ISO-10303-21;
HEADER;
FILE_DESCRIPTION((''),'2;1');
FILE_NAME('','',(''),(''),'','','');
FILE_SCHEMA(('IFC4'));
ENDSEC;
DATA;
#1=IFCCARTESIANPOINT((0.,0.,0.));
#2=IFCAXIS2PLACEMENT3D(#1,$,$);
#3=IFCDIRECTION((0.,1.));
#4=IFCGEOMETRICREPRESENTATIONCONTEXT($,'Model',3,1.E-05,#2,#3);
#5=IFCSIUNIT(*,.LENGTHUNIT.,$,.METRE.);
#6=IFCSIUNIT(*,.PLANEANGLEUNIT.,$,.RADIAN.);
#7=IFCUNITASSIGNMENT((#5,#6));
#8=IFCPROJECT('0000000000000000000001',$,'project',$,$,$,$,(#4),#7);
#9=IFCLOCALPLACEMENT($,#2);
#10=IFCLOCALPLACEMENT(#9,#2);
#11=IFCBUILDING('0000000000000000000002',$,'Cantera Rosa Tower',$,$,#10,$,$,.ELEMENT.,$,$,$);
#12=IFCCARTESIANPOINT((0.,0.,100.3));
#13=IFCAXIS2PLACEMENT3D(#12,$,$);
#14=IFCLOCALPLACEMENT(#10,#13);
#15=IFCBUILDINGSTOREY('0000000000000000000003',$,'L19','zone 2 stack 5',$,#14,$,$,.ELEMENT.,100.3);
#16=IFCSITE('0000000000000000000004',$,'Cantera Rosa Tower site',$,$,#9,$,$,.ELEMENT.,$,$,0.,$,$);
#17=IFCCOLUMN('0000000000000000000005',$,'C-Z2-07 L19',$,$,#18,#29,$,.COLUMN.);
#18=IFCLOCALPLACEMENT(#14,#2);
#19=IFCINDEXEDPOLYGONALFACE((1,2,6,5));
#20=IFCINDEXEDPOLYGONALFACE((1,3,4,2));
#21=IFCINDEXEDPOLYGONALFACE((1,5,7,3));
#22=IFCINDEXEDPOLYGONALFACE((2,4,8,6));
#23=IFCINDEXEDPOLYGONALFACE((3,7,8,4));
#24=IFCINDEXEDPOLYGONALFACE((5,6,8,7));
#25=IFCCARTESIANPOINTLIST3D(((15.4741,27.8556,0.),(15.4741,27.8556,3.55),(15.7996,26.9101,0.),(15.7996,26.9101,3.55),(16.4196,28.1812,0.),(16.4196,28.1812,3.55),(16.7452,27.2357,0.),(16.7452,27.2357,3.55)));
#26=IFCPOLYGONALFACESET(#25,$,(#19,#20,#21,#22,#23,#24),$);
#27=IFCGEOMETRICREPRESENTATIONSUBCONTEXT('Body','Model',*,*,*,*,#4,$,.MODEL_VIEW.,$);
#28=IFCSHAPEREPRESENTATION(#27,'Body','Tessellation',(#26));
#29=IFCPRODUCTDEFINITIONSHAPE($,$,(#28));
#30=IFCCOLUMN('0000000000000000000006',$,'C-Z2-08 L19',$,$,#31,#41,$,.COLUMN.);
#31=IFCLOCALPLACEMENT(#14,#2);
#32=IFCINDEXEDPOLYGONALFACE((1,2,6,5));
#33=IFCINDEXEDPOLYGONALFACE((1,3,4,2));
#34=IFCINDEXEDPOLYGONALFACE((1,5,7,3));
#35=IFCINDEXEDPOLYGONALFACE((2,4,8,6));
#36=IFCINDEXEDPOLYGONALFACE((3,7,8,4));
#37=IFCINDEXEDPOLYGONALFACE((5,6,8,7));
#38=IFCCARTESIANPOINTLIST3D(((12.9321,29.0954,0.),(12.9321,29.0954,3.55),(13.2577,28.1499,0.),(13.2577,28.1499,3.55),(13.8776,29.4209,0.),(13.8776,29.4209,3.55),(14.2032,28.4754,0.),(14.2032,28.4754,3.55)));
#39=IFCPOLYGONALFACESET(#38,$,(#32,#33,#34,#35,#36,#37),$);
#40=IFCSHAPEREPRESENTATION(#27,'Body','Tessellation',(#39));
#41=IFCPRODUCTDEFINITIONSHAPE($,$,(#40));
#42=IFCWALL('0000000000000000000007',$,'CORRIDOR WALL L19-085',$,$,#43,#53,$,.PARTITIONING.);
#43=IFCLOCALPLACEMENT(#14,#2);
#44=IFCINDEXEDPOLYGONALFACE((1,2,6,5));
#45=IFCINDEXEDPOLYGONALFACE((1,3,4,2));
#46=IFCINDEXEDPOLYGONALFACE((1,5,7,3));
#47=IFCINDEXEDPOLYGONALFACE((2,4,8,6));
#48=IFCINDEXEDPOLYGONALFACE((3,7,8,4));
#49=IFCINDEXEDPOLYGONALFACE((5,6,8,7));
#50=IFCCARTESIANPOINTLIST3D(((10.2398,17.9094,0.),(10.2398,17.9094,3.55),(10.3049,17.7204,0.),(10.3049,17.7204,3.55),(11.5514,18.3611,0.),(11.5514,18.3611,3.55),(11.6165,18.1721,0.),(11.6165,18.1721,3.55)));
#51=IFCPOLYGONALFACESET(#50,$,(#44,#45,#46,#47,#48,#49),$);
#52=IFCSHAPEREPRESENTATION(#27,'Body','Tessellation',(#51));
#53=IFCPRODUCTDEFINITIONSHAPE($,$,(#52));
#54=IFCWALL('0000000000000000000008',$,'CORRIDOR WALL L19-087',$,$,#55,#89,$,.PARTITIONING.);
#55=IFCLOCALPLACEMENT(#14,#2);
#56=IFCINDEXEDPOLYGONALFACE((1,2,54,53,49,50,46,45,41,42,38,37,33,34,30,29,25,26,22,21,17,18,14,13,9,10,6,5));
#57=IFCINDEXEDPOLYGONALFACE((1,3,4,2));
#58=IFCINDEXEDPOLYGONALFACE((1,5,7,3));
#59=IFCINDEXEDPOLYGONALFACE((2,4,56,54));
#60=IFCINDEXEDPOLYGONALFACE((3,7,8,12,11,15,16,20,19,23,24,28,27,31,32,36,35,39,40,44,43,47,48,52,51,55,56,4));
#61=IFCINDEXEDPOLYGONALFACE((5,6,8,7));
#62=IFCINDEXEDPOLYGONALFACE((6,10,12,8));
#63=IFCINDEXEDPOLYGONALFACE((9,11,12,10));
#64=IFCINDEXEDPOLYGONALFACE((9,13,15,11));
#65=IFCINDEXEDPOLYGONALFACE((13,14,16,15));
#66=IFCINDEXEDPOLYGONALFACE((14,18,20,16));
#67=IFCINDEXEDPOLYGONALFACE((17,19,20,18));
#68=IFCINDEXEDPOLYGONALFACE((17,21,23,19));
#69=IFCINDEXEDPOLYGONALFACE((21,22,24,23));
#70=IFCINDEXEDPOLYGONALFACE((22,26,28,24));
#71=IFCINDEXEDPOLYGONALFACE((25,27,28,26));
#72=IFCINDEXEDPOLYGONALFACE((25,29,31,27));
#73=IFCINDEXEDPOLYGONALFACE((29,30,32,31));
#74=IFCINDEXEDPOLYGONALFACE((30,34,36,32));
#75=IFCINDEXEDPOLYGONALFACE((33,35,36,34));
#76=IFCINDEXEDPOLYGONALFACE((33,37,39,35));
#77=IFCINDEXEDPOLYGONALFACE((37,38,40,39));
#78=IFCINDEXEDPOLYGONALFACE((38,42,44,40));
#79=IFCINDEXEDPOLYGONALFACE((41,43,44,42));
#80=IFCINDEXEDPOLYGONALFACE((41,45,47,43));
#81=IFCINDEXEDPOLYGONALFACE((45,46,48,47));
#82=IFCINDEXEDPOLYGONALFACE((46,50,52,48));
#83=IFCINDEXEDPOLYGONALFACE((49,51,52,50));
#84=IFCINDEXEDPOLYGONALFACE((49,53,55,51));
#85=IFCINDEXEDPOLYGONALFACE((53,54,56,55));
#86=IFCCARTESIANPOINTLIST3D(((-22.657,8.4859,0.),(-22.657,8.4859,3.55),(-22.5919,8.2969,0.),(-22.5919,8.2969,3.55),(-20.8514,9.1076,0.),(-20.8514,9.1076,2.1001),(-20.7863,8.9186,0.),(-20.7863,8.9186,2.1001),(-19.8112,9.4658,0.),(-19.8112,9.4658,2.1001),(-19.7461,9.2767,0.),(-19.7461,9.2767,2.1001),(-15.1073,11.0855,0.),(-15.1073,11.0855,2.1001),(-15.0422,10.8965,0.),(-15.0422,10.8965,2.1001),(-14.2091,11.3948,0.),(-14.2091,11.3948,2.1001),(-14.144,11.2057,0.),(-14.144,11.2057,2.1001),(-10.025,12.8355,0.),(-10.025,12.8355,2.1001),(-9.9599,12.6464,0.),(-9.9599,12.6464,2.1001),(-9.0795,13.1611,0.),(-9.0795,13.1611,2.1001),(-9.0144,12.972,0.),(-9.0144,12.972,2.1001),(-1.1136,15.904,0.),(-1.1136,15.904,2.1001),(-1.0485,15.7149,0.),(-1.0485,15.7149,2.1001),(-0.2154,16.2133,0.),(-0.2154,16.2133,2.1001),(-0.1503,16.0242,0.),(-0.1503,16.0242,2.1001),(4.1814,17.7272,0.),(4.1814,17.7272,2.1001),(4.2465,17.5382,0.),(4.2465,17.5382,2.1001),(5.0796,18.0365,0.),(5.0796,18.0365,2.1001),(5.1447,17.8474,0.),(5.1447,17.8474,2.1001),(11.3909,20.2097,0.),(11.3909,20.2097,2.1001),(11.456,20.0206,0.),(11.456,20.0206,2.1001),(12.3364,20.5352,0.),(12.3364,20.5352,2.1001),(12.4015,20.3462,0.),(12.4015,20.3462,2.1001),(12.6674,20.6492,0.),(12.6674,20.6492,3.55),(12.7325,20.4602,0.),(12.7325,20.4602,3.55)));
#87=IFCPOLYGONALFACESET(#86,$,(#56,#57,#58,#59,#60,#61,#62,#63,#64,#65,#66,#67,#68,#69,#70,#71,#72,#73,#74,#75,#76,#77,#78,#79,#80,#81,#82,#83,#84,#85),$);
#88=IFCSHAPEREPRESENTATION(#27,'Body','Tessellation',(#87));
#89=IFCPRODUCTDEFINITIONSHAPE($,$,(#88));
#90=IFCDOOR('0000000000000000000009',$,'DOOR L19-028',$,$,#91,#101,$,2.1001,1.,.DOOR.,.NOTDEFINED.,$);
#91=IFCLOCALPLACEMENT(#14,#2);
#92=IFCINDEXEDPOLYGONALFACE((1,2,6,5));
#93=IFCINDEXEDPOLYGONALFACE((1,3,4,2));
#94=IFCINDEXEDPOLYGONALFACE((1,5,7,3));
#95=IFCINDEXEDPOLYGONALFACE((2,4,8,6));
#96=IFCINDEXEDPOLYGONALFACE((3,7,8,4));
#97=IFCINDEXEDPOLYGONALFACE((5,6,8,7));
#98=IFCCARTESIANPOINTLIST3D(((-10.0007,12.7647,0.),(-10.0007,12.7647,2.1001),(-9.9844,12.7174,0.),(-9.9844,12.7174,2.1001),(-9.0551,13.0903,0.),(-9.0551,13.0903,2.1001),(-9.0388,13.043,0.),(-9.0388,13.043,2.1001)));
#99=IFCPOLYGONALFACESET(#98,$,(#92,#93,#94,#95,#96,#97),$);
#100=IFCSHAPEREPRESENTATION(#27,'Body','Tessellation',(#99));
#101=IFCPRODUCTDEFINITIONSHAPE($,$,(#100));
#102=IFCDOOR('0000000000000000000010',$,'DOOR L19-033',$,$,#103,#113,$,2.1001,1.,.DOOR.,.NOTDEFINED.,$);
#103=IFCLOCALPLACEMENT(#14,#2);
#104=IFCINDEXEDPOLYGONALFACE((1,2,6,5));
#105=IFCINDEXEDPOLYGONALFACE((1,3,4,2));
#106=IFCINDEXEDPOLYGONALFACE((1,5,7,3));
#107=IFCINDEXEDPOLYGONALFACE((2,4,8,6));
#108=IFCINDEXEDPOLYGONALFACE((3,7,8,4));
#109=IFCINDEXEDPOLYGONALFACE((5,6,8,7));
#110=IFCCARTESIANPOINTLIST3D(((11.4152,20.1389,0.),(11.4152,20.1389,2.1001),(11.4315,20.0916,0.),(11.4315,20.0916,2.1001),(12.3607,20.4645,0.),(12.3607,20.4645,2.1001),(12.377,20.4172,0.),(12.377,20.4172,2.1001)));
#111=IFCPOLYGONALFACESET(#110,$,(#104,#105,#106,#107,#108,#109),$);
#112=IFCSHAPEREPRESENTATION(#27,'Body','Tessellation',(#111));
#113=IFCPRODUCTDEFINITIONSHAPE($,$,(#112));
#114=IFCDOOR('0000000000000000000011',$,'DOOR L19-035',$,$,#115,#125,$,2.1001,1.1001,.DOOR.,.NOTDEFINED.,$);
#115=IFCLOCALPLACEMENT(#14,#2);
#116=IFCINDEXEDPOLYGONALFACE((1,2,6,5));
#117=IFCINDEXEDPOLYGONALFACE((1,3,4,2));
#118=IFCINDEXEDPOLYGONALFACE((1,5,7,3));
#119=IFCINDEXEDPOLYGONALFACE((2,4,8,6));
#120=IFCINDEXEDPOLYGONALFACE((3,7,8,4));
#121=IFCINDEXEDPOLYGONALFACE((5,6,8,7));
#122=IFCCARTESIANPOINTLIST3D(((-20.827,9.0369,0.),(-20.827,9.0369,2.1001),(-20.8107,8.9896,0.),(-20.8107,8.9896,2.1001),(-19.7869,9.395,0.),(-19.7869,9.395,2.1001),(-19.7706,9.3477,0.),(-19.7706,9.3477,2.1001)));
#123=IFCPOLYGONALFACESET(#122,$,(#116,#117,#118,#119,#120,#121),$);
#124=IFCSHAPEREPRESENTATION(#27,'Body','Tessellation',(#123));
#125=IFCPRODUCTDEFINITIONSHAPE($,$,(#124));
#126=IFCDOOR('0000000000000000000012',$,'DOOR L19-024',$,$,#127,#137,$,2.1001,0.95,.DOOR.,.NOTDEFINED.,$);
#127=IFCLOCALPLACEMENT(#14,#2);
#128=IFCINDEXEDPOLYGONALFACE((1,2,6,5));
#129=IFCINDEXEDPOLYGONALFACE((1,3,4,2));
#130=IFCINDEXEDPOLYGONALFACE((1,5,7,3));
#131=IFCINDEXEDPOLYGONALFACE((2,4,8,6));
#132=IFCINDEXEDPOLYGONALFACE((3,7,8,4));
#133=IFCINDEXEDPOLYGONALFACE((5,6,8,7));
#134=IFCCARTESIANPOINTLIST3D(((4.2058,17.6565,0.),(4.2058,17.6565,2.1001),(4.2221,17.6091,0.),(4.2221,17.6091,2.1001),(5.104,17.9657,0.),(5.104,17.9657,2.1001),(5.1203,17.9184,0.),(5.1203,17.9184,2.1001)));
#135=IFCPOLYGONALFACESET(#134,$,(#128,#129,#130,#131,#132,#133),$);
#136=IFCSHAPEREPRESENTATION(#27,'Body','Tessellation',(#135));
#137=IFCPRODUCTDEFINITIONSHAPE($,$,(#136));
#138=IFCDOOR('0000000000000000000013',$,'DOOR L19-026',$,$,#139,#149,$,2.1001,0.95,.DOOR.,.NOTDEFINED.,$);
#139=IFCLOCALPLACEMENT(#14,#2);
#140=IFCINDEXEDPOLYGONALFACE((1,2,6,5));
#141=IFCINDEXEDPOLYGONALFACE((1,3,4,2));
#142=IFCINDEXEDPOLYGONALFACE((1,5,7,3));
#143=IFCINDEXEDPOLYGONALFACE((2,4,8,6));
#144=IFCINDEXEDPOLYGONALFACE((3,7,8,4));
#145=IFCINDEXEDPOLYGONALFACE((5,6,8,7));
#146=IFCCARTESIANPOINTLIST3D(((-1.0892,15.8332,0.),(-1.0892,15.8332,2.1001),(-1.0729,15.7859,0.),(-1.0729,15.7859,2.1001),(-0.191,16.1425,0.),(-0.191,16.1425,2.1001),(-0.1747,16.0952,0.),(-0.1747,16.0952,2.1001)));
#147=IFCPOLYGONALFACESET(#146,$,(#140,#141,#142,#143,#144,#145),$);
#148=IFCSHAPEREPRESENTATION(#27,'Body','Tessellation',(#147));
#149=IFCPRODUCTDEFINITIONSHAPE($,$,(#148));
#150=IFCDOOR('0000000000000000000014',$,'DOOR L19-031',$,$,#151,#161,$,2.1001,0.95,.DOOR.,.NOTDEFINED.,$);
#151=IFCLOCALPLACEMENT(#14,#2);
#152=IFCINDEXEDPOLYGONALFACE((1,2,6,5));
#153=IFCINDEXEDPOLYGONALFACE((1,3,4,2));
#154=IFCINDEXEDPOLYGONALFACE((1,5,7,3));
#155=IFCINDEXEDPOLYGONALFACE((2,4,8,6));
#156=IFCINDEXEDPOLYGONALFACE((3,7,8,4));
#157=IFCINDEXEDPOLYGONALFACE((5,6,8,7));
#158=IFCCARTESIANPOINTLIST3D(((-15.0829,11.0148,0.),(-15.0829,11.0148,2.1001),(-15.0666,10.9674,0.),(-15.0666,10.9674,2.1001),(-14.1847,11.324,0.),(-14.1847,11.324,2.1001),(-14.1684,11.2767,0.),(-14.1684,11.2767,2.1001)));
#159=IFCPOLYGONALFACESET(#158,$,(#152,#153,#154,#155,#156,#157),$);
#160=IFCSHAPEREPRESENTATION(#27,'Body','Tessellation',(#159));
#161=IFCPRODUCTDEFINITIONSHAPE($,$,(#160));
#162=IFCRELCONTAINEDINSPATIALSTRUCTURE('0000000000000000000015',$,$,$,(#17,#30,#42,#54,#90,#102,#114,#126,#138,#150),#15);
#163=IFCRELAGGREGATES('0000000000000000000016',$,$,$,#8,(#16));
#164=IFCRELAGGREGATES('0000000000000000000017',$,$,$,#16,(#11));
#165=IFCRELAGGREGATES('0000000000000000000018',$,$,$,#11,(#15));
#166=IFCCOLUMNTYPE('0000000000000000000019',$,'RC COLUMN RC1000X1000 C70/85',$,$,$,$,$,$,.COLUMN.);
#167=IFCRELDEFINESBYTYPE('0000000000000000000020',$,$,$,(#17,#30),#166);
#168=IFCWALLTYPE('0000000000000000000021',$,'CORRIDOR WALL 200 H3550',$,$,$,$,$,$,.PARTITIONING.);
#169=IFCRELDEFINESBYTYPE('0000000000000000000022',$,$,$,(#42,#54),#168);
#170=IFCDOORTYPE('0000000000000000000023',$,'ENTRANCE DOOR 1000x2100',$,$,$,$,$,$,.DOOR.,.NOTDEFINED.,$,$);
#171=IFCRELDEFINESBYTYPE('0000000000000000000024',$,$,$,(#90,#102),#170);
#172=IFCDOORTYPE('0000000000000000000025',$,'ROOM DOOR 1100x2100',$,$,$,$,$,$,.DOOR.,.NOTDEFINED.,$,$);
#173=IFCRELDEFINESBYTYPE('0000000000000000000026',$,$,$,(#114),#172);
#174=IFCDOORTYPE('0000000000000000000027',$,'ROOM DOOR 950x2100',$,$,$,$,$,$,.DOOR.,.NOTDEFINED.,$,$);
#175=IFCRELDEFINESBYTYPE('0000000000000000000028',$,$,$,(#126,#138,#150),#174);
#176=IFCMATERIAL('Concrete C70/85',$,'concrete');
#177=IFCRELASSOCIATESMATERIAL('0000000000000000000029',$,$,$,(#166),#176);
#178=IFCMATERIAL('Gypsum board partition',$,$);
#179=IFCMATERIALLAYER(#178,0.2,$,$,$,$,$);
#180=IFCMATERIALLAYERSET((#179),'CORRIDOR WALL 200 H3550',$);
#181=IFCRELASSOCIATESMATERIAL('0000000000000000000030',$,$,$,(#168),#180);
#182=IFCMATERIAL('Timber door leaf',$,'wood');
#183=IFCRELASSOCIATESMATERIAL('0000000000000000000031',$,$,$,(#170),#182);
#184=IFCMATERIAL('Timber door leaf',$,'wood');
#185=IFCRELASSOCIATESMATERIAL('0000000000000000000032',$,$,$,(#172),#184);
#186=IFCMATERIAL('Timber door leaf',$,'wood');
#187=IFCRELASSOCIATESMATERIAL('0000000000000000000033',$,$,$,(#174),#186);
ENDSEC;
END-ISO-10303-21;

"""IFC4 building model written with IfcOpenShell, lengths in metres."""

from ifc_helpers import new_model, si_unit, direction, frame, frame_2d, origin, origin_2d, place, context, subcontext, project, spatial, rectangle, extrude, material, layer, layer_set, material_profile, profile_set, type_object, element, fill, save


model = new_model("IFC4")

# Units and contexts
model_context = context("Model", 3, precision=1e-05, world=origin(), true_north=direction((0.0, 1.0)))
body_context = subcontext(model_context, "Body", "Model", "MODEL_VIEW")
ifc_project = project(units=[si_unit("LENGTHUNIT", "METRE"), si_unit("PLANEANGLEUNIT", "RADIAN")], contexts=[model_context])

# Site, building, storey
site_placement = place(None, origin())
site = spatial("IfcSite", under=ifc_project, at=site_placement, Name="Cantera Rosa Tower site", CompositionType="ELEMENT", RefElevation=0.0)
building_placement = place(site_placement, origin())
building = spatial("IfcBuilding", under=site, at=building_placement, Name="Cantera Rosa Tower", CompositionType="ELEMENT")
storey_placement = place(building_placement, frame((0.0, 0.0, 100.3)))
storey = spatial("IfcBuildingStorey", under=building, at=storey_placement, Name="L19", Description="zone 2 stack 5", CompositionType="ELEMENT", Elevation=100.3)

# Columns
ifc_material_1 = material(Name="Concrete C70/85", Category="concrete")
ifc_material_profile = material_profile(ifc_material_1, rectangle(XDim=1.0, YDim=1.0, at=origin_2d()), Name="RC COLUMN RC1000X1000 C70/85")
ifc_profile_set = profile_set([ifc_material_profile], Name="Concrete C70/85")
column_type = type_object("IfcColumnType", Name="RC COLUMN RC1000X1000 C70/85", PredefinedType="COLUMN", material=ifc_profile_set)
for number, where, z_axis, x_axis, name in (
    (1, (16.1096, 27.5457, 0.0), (0.0, 0.0, 1.0), (0.945519, 0.325568, 0.0), "C-Z2-07 L19"),
    (2, (13.5676, 28.7854, 0.0), (0.0, 0.0, 1.0), (0.945519, 0.325568, 0.0), "C-Z2-08 L19"),
):
    element("IfcColumn", number, at=place(storey_placement, frame(where, z_axis=z_axis, x_axis=x_axis)), inside=storey, type_object=column_type, Name=name, PredefinedType="COLUMN", context=body_context, shape_type="SweptSolid", body=[
        extrude(rectangle(XDim=1.0, YDim=1.0, at=origin_2d()), origin(), (0.0, 0.0, 1.0), 3.55),
    ])

# Wall
ifc_material_2 = material(Name="Gypsum board partition")
ifc_layer_1 = layer(ifc_material_2, 0.2)
ifc_layer_set_1 = layer_set([ifc_layer_1], Name="CORRIDOR WALL 200 H3550")
wall_type_1 = type_object("IfcWallType", Name="CORRIDOR WALL 200 H3550", PredefinedType="PARTITIONING", material=ifc_layer_set_1)
wall_1_placement = place(storey_placement, frame((11.584, 18.2666, 0.0), z_axis=(0.0, 0.0, 1.0), x_axis=(-0.945504, -0.325611, 0.0)))
element("IfcWall", 3, at=wall_1_placement, inside=storey, type_object=wall_type_1, Name="CORRIDOR WALL L19-085", PredefinedType="PARTITIONING", context=body_context, shape_type="SweptSolid", body=[
    extrude(rectangle(XDim=1.3872, YDim=0.2, at=frame_2d((0.6936, 0.0))), origin(), (0.0, 0.0, 1.0), 3.55),
])

# Wall, openings, doors
wall_2_placement = place(storey_placement, frame((12.7, 20.5547, 0.0), z_axis=(0.0, 0.0, 1.0), x_axis=(-0.945517, -0.325572, 0.0)))
wall_2 = element("IfcWall", 4, at=wall_2_placement, inside=storey, type_object=wall_type_1, Name="CORRIDOR WALL L19-087", PredefinedType="PARTITIONING", context=body_context, shape_type="SweptSolid", body=[
    extrude(rectangle(XDim=37.3599, YDim=0.2, at=frame_2d((18.6799, 0.0))), origin(), (0.0, 0.0, 1.0), 3.55),
])
opening_1_placement = place(wall_2_placement, frame((8.0249, 0.0, 0.0)))
opening_1 = element("IfcOpeningElement", 5, at=opening_1_placement, cuts=wall_2, PredefinedType="OPENING", context=body_context, shape_type="SweptSolid", body=[
    extrude(rectangle(XDim=0.95, YDim=2.1001, at=frame_2d((0.4751, 1.05))), frame((0.0, 0.1099, 0.0), z_axis=(0.0, -1.0, 0.0), x_axis=(1.0, 0.0, 0.0)), (0.0, 0.0, 1.0), 0.22),
])
opening_2_placement = place(wall_2_placement, frame((13.625, 0.0, 0.0)))
opening_2 = element("IfcOpeningElement", 6, at=opening_2_placement, cuts=wall_2, PredefinedType="OPENING", context=body_context, shape_type="SweptSolid", body=[
    extrude(rectangle(XDim=0.95, YDim=2.1001, at=frame_2d((0.4751, 1.05))), frame((0.0, 0.1099, 0.0), z_axis=(0.0, -1.0, 0.0), x_axis=(1.0, 0.0, 0.0)), (0.0, 0.0, 1.0), 0.22),
])
opening_3_placement = place(wall_2_placement, frame((23.0, 0.0, 0.0)))
opening_3 = element("IfcOpeningElement", 7, at=opening_3_placement, cuts=wall_2, PredefinedType="OPENING", context=body_context, shape_type="SweptSolid", body=[
    extrude(rectangle(XDim=1.0, YDim=2.1001, at=frame_2d((0.5, 1.05))), frame((0.0, 0.1099, 0.0), z_axis=(0.0, -1.0, 0.0), x_axis=(1.0, 0.0, 0.0)), (0.0, 0.0, 1.0), 0.22),
])
opening_4_placement = place(wall_2_placement, frame((28.425, 0.0, 0.0)))
opening_4 = element("IfcOpeningElement", 8, at=opening_4_placement, cuts=wall_2, PredefinedType="OPENING", context=body_context, shape_type="SweptSolid", body=[
    extrude(rectangle(XDim=0.95, YDim=2.1001, at=frame_2d((0.4751, 1.05))), frame((0.0, 0.1099, 0.0), z_axis=(0.0, -1.0, 0.0), x_axis=(1.0, 0.0, 0.0)), (0.0, 0.0, 1.0), 0.22),
])
opening_5_placement = place(wall_2_placement, frame((0.3501, 0.0, 0.0)))
opening_5 = element("IfcOpeningElement", 9, at=opening_5_placement, cuts=wall_2, PredefinedType="OPENING", context=body_context, shape_type="SweptSolid", body=[
    extrude(rectangle(XDim=1.0, YDim=2.1001, at=frame_2d((0.5, 1.05))), frame((0.0, 0.1099, 0.0), z_axis=(0.0, -1.0, 0.0), x_axis=(1.0, 0.0, 0.0)), (0.0, 0.0, 1.0), 0.22),
])
opening_6_placement = place(wall_2_placement, frame((34.3501, 0.0, 0.0)))
opening_6 = element("IfcOpeningElement", 10, at=opening_6_placement, cuts=wall_2, PredefinedType="OPENING", context=body_context, shape_type="SweptSolid", body=[
    extrude(rectangle(XDim=1.1001, YDim=2.1001, at=frame_2d((0.55, 1.05))), frame((0.0, 0.1099, 0.0), z_axis=(0.0, -1.0, 0.0), x_axis=(1.0, 0.0, 0.0)), (0.0, 0.0, 1.0), 0.22),
])
ifc_material_3 = material(Name="Timber door leaf", Category="wood")
door_type_1 = type_object("IfcDoorType", Name="ENTRANCE DOOR 1000x2100", OperationType="NOTDEFINED", PredefinedType="DOOR", material=ifc_material_3)
door_1_placement = place(opening_3_placement, origin())
door_1 = element("IfcDoor", 11, at=door_1_placement, inside=storey, type_object=door_type_1, Name="DOOR L19-028", OperationType="NOTDEFINED", OverallHeight=2.1001, OverallWidth=1.0, PredefinedType="DOOR", context=body_context, shape_type="SweptSolid", body=[
    extrude(rectangle(XDim=1.0, YDim=2.1001, at=frame_2d((0.5, 1.05))), frame((0.0, 0.0249, 0.0), z_axis=(0.0, -1.0, 0.0), x_axis=(1.0, 0.0, 0.0)), (0.0, 0.0, 1.0), 0.05),
])
fill(opening_3, door_1)
door_2_placement = place(opening_5_placement, origin())
door_2 = element("IfcDoor", 12, at=door_2_placement, inside=storey, type_object=door_type_1, Name="DOOR L19-033", OperationType="NOTDEFINED", OverallHeight=2.1001, OverallWidth=1.0, PredefinedType="DOOR", context=body_context, shape_type="SweptSolid", body=[
    extrude(rectangle(XDim=1.0, YDim=2.1001, at=frame_2d((0.5, 1.05))), frame((0.0, 0.0249, 0.0), z_axis=(0.0, -1.0, 0.0), x_axis=(1.0, 0.0, 0.0)), (0.0, 0.0, 1.0), 0.05),
])
fill(opening_5, door_2)
ifc_material_4 = material(Name="Timber door leaf", Category="wood")
door_type_2 = type_object("IfcDoorType", Name="ROOM DOOR 1100x2100", OperationType="NOTDEFINED", PredefinedType="DOOR", material=ifc_material_4)
door_3_placement = place(opening_6_placement, origin())
door_3 = element("IfcDoor", 13, at=door_3_placement, inside=storey, type_object=door_type_2, Name="DOOR L19-035", OperationType="NOTDEFINED", OverallHeight=2.1001, OverallWidth=1.1001, PredefinedType="DOOR", context=body_context, shape_type="SweptSolid", body=[
    extrude(rectangle(XDim=1.1001, YDim=2.1001, at=frame_2d((0.55, 1.05))), frame((0.0, 0.0249, 0.0), z_axis=(0.0, -1.0, 0.0), x_axis=(1.0, 0.0, 0.0)), (0.0, 0.0, 1.0), 0.05),
])
fill(opening_6, door_3)
ifc_material_5 = material(Name="Timber door leaf", Category="wood")
door_type_3 = type_object("IfcDoorType", Name="ROOM DOOR 950x2100", OperationType="NOTDEFINED", PredefinedType="DOOR", material=ifc_material_5)
door_4_placement = place(opening_1_placement, origin())
door_4 = element("IfcDoor", 14, at=door_4_placement, inside=storey, type_object=door_type_3, Name="DOOR L19-024", OperationType="NOTDEFINED", OverallHeight=2.1001, OverallWidth=0.95, PredefinedType="DOOR", context=body_context, shape_type="SweptSolid", body=[
    extrude(rectangle(XDim=0.95, YDim=2.1001, at=frame_2d((0.4751, 1.05))), frame((0.0, 0.0249, 0.0), z_axis=(0.0, -1.0, 0.0), x_axis=(1.0, 0.0, 0.0)), (0.0, 0.0, 1.0), 0.05),
])
fill(opening_1, door_4)
door_5_placement = place(opening_2_placement, origin())
door_5 = element("IfcDoor", 15, at=door_5_placement, inside=storey, type_object=door_type_3, Name="DOOR L19-026", OperationType="NOTDEFINED", OverallHeight=2.1001, OverallWidth=0.95, PredefinedType="DOOR", context=body_context, shape_type="SweptSolid", body=[
    extrude(rectangle(XDim=0.95, YDim=2.1001, at=frame_2d((0.4751, 1.05))), frame((0.0, 0.0249, 0.0), z_axis=(0.0, -1.0, 0.0), x_axis=(1.0, 0.0, 0.0)), (0.0, 0.0, 1.0), 0.05),
])
fill(opening_2, door_5)
door_6_placement = place(opening_4_placement, origin())
door_6 = element("IfcDoor", 16, at=door_6_placement, inside=storey, type_object=door_type_3, Name="DOOR L19-031", OperationType="NOTDEFINED", OverallHeight=2.1001, OverallWidth=0.95, PredefinedType="DOOR", context=body_context, shape_type="SweptSolid", body=[
    extrude(rectangle(XDim=0.95, YDim=2.1001, at=frame_2d((0.4751, 1.05))), frame((0.0, 0.0249, 0.0), z_axis=(0.0, -1.0, 0.0), x_axis=(1.0, 0.0, 0.0)), (0.0, 0.0, 1.0), 0.05),
])
fill(opening_4, door_6)

save(model, "model.ifc")
